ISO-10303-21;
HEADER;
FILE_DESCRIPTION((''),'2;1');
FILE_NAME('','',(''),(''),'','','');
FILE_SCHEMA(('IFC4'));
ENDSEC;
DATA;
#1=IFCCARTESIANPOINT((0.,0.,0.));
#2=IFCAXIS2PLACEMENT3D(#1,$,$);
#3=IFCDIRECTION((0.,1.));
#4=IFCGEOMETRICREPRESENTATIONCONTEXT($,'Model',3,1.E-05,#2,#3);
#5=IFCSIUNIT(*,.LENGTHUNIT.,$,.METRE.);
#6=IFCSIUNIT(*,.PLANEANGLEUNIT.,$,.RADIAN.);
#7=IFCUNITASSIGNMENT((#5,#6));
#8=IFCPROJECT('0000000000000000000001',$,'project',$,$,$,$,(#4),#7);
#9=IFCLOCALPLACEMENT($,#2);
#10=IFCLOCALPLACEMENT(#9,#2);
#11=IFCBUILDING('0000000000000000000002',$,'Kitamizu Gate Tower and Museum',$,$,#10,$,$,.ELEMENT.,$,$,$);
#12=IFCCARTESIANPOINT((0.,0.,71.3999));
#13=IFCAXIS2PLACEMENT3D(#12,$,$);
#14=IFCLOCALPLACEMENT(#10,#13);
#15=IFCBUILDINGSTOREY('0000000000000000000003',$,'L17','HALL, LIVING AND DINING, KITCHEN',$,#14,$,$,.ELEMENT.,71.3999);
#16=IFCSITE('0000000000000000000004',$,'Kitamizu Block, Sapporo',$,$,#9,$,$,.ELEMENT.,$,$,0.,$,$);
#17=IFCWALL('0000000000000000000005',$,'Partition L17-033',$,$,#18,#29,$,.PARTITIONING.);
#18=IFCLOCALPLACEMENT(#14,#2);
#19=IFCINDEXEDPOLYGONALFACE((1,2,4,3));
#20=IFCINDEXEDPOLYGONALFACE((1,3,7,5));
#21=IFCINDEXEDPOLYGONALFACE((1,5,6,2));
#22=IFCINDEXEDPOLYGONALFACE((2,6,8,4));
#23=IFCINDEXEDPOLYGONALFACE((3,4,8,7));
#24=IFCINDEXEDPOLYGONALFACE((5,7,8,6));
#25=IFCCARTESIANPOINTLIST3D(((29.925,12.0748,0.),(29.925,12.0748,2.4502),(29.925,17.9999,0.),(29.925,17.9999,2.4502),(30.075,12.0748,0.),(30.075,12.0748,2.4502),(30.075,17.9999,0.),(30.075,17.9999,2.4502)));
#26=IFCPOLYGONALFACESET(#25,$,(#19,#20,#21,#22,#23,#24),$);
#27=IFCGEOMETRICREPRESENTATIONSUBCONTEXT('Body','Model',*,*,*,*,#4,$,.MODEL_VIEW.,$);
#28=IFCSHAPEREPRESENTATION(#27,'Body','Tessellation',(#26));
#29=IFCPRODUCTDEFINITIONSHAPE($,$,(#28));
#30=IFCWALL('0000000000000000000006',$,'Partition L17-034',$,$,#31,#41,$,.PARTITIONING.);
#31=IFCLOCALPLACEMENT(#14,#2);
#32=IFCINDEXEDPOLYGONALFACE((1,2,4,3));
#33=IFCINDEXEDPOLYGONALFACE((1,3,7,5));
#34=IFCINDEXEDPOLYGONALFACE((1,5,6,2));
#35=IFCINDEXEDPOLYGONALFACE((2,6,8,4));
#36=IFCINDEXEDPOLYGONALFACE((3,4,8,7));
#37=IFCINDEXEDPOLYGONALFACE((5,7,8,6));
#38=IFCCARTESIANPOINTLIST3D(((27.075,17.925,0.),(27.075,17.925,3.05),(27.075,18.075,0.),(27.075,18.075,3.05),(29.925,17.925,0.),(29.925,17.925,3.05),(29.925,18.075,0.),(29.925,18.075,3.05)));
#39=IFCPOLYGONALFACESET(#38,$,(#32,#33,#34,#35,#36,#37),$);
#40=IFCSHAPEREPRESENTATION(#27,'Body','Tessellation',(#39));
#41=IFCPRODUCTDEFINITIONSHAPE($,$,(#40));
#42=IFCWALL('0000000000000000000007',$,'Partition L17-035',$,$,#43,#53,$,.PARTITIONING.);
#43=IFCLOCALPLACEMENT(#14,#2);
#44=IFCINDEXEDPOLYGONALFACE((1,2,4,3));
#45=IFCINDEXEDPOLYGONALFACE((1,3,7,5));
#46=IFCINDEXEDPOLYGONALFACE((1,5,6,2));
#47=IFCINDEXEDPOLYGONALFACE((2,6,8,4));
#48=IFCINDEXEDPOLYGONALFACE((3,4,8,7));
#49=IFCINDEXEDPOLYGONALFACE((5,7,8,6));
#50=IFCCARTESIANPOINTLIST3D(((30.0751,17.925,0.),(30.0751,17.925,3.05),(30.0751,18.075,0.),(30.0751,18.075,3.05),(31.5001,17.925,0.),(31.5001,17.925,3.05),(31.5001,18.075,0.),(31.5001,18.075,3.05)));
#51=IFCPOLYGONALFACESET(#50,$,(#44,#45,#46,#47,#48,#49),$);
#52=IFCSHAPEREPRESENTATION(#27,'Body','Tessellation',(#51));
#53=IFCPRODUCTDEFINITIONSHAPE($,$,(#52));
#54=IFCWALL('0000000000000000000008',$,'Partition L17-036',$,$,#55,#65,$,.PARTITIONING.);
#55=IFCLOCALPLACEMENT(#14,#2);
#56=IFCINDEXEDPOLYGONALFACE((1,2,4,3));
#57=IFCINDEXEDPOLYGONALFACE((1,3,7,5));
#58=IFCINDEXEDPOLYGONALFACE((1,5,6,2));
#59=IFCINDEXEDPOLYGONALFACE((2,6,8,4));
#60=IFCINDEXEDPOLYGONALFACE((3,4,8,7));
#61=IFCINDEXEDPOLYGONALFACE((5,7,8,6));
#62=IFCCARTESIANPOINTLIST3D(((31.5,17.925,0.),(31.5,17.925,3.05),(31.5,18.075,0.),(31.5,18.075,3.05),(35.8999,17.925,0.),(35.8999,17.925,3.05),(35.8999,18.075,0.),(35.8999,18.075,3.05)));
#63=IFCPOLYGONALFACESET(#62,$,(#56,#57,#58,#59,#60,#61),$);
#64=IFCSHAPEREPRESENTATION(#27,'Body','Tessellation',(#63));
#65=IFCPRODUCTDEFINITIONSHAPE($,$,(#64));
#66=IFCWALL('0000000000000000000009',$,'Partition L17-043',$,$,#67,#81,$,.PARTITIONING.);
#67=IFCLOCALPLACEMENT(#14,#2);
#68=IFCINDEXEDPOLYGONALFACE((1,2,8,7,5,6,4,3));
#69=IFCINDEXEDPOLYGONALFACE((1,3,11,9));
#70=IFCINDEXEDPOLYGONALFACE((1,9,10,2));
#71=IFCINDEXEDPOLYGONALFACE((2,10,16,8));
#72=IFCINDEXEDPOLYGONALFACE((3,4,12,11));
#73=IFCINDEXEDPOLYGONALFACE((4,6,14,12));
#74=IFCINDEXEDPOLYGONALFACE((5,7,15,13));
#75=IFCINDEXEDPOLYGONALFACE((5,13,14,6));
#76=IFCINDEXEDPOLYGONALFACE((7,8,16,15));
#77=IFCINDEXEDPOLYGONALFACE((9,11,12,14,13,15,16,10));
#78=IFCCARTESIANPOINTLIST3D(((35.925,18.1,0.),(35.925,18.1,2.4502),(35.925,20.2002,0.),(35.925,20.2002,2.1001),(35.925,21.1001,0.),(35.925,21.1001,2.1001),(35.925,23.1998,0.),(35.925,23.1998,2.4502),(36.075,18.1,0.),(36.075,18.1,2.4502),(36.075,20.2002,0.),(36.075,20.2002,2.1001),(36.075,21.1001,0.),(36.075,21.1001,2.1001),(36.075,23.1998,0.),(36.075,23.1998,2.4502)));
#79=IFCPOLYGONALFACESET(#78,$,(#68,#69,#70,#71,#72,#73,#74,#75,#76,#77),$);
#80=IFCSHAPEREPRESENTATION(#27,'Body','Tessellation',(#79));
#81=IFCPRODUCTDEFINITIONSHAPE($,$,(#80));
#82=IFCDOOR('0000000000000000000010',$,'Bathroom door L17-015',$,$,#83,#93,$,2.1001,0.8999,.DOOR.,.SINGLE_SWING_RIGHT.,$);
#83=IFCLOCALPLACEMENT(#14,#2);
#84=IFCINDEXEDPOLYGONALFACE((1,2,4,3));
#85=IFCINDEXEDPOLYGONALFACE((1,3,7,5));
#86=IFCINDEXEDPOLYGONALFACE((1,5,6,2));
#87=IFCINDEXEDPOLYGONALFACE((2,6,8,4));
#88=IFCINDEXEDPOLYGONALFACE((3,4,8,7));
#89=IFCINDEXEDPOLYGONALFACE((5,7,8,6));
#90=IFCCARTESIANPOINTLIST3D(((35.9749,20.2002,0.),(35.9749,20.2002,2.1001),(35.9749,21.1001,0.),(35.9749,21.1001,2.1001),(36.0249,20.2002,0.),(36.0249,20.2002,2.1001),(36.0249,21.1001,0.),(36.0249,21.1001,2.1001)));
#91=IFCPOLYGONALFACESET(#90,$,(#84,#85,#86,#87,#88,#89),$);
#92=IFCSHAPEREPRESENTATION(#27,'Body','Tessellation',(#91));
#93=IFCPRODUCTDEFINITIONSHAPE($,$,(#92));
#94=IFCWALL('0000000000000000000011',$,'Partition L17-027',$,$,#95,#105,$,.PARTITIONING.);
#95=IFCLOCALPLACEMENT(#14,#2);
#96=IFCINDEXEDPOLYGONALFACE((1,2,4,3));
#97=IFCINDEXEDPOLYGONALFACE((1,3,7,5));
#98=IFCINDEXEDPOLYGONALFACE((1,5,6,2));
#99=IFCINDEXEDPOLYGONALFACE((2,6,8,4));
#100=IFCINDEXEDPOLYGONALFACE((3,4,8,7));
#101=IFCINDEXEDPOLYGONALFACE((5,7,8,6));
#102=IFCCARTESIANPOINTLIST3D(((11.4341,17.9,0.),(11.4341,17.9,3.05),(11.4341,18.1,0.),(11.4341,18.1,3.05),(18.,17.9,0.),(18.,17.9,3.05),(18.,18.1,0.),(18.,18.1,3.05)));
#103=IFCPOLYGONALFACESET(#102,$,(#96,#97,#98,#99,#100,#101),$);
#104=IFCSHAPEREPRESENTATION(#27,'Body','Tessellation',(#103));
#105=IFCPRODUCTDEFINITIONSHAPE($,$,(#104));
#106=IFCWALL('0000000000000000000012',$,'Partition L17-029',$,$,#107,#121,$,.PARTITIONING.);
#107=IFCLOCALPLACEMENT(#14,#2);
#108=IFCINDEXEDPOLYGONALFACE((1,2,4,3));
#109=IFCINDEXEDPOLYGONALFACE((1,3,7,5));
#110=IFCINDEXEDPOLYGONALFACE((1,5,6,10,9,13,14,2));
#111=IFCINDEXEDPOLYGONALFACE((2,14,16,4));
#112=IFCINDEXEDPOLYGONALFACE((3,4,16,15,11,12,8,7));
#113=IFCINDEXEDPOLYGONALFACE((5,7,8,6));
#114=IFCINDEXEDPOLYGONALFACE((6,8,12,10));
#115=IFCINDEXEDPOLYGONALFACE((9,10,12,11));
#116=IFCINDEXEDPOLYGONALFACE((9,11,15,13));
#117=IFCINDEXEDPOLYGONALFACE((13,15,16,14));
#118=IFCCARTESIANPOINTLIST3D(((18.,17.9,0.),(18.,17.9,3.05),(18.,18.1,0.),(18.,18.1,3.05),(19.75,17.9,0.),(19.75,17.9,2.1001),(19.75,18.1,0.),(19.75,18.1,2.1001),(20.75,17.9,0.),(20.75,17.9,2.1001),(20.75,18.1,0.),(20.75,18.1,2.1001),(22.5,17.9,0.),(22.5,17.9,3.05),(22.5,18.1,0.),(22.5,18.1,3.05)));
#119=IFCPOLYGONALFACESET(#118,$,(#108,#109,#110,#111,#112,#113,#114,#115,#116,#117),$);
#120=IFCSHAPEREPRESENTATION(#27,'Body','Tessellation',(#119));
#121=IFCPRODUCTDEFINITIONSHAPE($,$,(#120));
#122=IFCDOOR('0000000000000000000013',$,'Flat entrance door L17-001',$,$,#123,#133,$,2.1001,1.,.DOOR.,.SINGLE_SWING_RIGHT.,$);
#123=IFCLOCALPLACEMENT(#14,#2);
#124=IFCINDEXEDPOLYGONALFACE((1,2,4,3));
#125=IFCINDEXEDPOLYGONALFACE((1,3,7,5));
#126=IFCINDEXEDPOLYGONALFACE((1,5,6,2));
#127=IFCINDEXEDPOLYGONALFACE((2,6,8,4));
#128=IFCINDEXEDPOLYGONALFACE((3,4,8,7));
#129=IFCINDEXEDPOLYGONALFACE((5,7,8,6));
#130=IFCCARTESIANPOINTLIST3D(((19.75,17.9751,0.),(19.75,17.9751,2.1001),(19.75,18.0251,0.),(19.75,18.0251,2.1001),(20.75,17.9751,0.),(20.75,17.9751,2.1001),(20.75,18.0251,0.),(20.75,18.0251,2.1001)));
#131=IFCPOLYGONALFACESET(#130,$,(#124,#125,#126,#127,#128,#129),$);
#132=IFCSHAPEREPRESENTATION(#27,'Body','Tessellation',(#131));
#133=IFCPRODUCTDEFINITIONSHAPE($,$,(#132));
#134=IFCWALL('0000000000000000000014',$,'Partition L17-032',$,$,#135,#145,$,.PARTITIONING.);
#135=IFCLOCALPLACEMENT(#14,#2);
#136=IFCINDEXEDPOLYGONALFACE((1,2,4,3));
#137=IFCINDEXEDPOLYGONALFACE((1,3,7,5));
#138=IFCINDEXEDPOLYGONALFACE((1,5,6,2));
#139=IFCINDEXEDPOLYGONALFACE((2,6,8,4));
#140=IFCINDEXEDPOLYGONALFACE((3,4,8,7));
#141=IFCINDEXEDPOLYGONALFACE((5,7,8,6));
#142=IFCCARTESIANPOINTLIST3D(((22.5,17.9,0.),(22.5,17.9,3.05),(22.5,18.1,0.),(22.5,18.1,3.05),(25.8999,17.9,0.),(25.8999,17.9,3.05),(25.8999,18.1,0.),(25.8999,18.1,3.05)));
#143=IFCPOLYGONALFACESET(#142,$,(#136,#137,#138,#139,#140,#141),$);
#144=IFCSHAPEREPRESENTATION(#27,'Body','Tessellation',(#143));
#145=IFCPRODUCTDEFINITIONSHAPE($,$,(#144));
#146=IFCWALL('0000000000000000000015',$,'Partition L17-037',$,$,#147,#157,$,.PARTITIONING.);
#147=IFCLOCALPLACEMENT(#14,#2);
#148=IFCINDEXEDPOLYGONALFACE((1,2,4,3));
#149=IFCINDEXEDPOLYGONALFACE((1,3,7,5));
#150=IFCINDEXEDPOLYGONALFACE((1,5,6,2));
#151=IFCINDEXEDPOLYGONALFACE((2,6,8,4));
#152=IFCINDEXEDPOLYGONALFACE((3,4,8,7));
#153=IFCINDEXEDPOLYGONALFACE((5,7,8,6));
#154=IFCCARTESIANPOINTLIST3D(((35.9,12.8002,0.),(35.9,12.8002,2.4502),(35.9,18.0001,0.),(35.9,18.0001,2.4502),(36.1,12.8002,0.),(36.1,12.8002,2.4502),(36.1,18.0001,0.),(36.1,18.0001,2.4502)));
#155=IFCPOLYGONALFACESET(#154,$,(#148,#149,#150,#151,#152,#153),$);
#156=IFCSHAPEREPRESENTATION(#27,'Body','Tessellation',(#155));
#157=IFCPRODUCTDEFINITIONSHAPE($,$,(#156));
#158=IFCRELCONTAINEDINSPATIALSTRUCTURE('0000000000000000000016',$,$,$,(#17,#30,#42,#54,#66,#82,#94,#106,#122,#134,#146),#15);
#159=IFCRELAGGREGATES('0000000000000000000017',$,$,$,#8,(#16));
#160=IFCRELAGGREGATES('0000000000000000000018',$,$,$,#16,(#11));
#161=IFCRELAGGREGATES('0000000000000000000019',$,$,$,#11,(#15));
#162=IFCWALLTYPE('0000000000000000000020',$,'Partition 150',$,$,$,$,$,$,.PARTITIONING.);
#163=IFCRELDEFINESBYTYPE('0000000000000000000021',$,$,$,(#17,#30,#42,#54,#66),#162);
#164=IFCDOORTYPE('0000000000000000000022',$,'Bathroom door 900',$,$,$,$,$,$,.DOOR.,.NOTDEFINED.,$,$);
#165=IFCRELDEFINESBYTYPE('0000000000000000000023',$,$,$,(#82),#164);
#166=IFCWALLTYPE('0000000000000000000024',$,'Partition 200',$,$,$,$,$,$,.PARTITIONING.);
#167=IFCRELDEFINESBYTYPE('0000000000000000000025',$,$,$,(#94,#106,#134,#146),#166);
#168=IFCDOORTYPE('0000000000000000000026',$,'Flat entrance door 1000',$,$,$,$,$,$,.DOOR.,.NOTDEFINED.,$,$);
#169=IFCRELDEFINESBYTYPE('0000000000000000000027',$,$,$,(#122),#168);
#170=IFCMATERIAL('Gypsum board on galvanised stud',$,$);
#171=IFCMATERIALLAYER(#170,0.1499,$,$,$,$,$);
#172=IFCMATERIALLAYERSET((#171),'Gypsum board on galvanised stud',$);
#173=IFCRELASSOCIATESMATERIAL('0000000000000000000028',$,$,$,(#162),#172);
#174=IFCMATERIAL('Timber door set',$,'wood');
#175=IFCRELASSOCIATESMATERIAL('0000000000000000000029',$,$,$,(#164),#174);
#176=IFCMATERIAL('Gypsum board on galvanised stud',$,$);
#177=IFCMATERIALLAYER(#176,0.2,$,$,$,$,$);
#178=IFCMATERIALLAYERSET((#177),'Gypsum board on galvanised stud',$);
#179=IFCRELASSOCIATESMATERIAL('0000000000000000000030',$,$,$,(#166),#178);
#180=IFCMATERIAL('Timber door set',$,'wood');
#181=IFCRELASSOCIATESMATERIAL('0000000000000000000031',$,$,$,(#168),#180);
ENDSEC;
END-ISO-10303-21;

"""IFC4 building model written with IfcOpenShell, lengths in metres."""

from ifc_helpers import new_model, si_unit, direction, frame, frame_2d, origin, place, context, subcontext, project, spatial, rectangle, extrude, material, layer, layer_set, type_object, element, fill, save


model = new_model("IFC4")

# Units and contexts
model_context = context("Model", 3, precision=1e-05, world=origin(), true_north=direction((0.0, 1.0)))
body_context = subcontext(model_context, "Body", "Model", "MODEL_VIEW")
ifc_project = project(units=[si_unit("LENGTHUNIT", "METRE"), si_unit("PLANEANGLEUNIT", "RADIAN")], contexts=[model_context])

# Site, building, storey
site_placement = place(None, origin())
site = spatial("IfcSite", under=ifc_project, at=site_placement, Name="Kitamizu Block, Sapporo", CompositionType="ELEMENT", RefElevation=0.0)
building_placement = place(site_placement, origin())
building = spatial("IfcBuilding", under=site, at=building_placement, Name="Kitamizu Gate Tower and Museum", CompositionType="ELEMENT")
storey_placement = place(building_placement, frame((0.0, 0.0, 71.3999)))
storey = spatial("IfcBuildingStorey", under=building, at=storey_placement, Name="L17", Description="HALL, LIVING AND DINING, KITCHEN", CompositionType="ELEMENT", Elevation=71.3999)

# Shared definitions
ifc_material_1 = material(Name="Gypsum board on galvanised stud")
ifc_layer_1 = layer(ifc_material_1, 0.1499)
ifc_layer_set_1 = layer_set([ifc_layer_1], Name="Gypsum board on galvanised stud")
wall_type_1 = type_object("IfcWallType", Name="Partition 150", PredefinedType="PARTITIONING", material=ifc_layer_set_1)
ifc_material_2 = material(Name="Timber door set", Category="wood")
door_type_1 = type_object("IfcDoorType", Name="Bathroom door 900", OperationType="NOTDEFINED", PredefinedType="DOOR", material=ifc_material_2)

# Walls
wall_1_placement = place(storey_placement, frame((30.0, 12.075, 0.0), z_axis=(0.0, 0.0, 1.0), x_axis=(0.0, 1.0, 0.0)))
element("IfcWall", 1, at=wall_1_placement, inside=storey, type_object=wall_type_1, Name="Partition L17-033", PredefinedType="PARTITIONING", context=body_context, shape_type="SweptSolid", body=[
    extrude(rectangle(XDim=5.925, YDim=0.1499, at=frame_2d((2.9624, 0.0))), origin(), (0.0, 0.0, 1.0), 2.4502),
])
wall_2_placement = place(storey_placement, frame((29.925, 18.0, 0.0), z_axis=(0.0, 0.0, 1.0), x_axis=(-1.0, 0.0, 0.0)))
element("IfcWall", 2, at=wall_2_placement, inside=storey, type_object=wall_type_1, Name="Partition L17-034", PredefinedType="PARTITIONING", context=body_context, shape_type="SweptSolid", body=[
    extrude(rectangle(XDim=2.8501, YDim=0.1499, at=frame_2d((1.425, 0.0))), origin(), (0.0, 0.0, 1.0), 3.05),
])
wall_3_placement = place(storey_placement, frame((31.5, 18.0, 0.0), z_axis=(0.0, 0.0, 1.0), x_axis=(-1.0, 0.0, 0.0)))
element("IfcWall", 3, at=wall_3_placement, inside=storey, type_object=wall_type_1, Name="Partition L17-035", PredefinedType="PARTITIONING", context=body_context, shape_type="SweptSolid", body=[
    extrude(rectangle(XDim=1.425, YDim=0.1499, at=frame_2d((0.7124, 0.0))), origin(), (0.0, 0.0, 1.0), 3.05),
])
wall_4_placement = place(storey_placement, frame((35.8999, 18.0, 0.0), z_axis=(0.0, 0.0, 1.0), x_axis=(-1.0, 0.0, 0.0)))
element("IfcWall", 4, at=wall_4_placement, inside=storey, type_object=wall_type_1, Name="Partition L17-036", PredefinedType="PARTITIONING", context=body_context, shape_type="SweptSolid", body=[
    extrude(rectangle(XDim=4.3999, YDim=0.1499, at=frame_2d((2.2, 0.0))), origin(), (0.0, 0.0, 1.0), 3.05),
])

# Wall, opening, door
wall_5_placement = place(storey_placement, frame((36.0, 18.1001, 0.0), z_axis=(0.0, 0.0, 1.0), x_axis=(0.0, 1.0, 0.0)))
wall_5 = element("IfcWall", 5, at=wall_5_placement, inside=storey, type_object=wall_type_1, Name="Partition L17-043", PredefinedType="PARTITIONING", context=body_context, shape_type="SweptSolid", body=[
    extrude(rectangle(XDim=5.0999, YDim=0.1499, at=frame_2d((2.5498, 0.0))), origin(), (0.0, 0.0, 1.0), 2.4502),
])
opening_1_placement = place(wall_5_placement, frame((2.1001, 0.0, 0.0)))
opening_1 = element("IfcOpeningElement", 6, at=opening_1_placement, cuts=wall_5, PredefinedType="OPENING", context=body_context, shape_type="SweptSolid", body=[
    extrude(rectangle(XDim=0.8999, YDim=2.1001, at=frame_2d((0.45, 1.05))), frame((0.0, 0.085, 0.0), z_axis=(0.0, -1.0, 0.0), x_axis=(1.0, 0.0, 0.0)), (0.0, 0.0, 1.0), 0.1699),
])
door_1_placement = place(opening_1_placement, frame((0.8999, 0.0, 0.0), x_axis=(-1.0, 0.0, 0.0)))
door_1 = element("IfcDoor", 7, at=door_1_placement, inside=storey, type_object=door_type_1, Name="Bathroom door L17-015", OperationType="SINGLE_SWING_RIGHT", OverallHeight=2.1001, OverallWidth=0.8999, PredefinedType="DOOR", context=body_context, shape_type="SweptSolid", body=[
    extrude(rectangle(XDim=0.8999, YDim=2.1001, at=frame_2d((0.45, 1.05))), frame((0.0, 0.0249, 0.0), z_axis=(0.0, -1.0, 0.0), x_axis=(1.0, 0.0, 0.0)), (0.0, 0.0, 1.0), 0.05),
])
fill(opening_1, door_1)

# Wall
ifc_material_3 = material(Name="Gypsum board on galvanised stud")
ifc_layer_2 = layer(ifc_material_3, 0.2)
ifc_layer_set_2 = layer_set([ifc_layer_2], Name="Gypsum board on galvanised stud")
wall_type_2 = type_object("IfcWallType", Name="Partition 200", PredefinedType="PARTITIONING", material=ifc_layer_set_2)
wall_6_placement = place(storey_placement, frame((18.0, 18.0, 0.0), z_axis=(0.0, 0.0, 1.0), x_axis=(-1.0, 0.0, 0.0)))
element("IfcWall", 8, at=wall_6_placement, inside=storey, type_object=wall_type_2, Name="Partition L17-027", PredefinedType="PARTITIONING", context=body_context, shape_type="SweptSolid", body=[
    extrude(rectangle(XDim=6.5659, YDim=0.2, at=frame_2d((3.283, 0.0))), origin(), (0.0, 0.0, 1.0), 3.05),
])

# Wall, opening, door
wall_7_placement = place(storey_placement, frame((22.5, 18.0, 0.0), z_axis=(0.0, 0.0, 1.0), x_axis=(-1.0, 0.0, 0.0)))
wall_7 = element("IfcWall", 9, at=wall_7_placement, inside=storey, type_object=wall_type_2, Name="Partition L17-029", PredefinedType="PARTITIONING", context=body_context, shape_type="SweptSolid", body=[
    extrude(rectangle(XDim=4.5, YDim=0.2, at=frame_2d((2.25, 0.0))), origin(), (0.0, 0.0, 1.0), 3.05),
])
opening_2_placement = place(wall_7_placement, frame((1.75, 0.0, 0.0)))
opening_2 = element("IfcOpeningElement", 10, at=opening_2_placement, cuts=wall_7, PredefinedType="OPENING", context=body_context, shape_type="SweptSolid", body=[
    extrude(rectangle(XDim=1.0, YDim=2.1001, at=frame_2d((0.5, 1.05))), frame((0.0, 0.1099, 0.0), z_axis=(0.0, -1.0, 0.0), x_axis=(1.0, 0.0, 0.0)), (0.0, 0.0, 1.0), 0.22),
])
ifc_material_4 = material(Name="Timber door set", Category="wood")
door_type_2 = type_object("IfcDoorType", Name="Flat entrance door 1000", OperationType="NOTDEFINED", PredefinedType="DOOR", material=ifc_material_4)
door_2_placement = place(opening_2_placement, origin())
door_2 = element("IfcDoor", 11, at=door_2_placement, inside=storey, type_object=door_type_2, Name="Flat entrance door L17-001", OperationType="SINGLE_SWING_RIGHT", OverallHeight=2.1001, OverallWidth=1.0, PredefinedType="DOOR", context=body_context, shape_type="SweptSolid", body=[
    extrude(rectangle(XDim=1.0, YDim=2.1001, at=frame_2d((0.5, 1.05))), frame((0.0, 0.0249, 0.0), z_axis=(0.0, -1.0, 0.0), x_axis=(1.0, 0.0, 0.0)), (0.0, 0.0, 1.0), 0.05),
])
fill(opening_2, door_2)

# Walls
wall_8_placement = place(storey_placement, frame((25.8999, 18.0, 0.0), z_axis=(0.0, 0.0, 1.0), x_axis=(-1.0, 0.0, 0.0)))
element("IfcWall", 12, at=wall_8_placement, inside=storey, type_object=wall_type_2, Name="Partition L17-032", PredefinedType="PARTITIONING", context=body_context, shape_type="SweptSolid", body=[
    extrude(rectangle(XDim=3.3999, YDim=0.2, at=frame_2d((1.7, 0.0))), origin(), (0.0, 0.0, 1.0), 3.05),
])
wall_9_placement = place(storey_placement, frame((36.0, 12.8, 0.0), z_axis=(0.0, 0.0, 1.0), x_axis=(0.0, 1.0, 0.0)))
element("IfcWall", 13, at=wall_9_placement, inside=storey, type_object=wall_type_2, Name="Partition L17-037", PredefinedType="PARTITIONING", context=body_context, shape_type="SweptSolid", body=[
    extrude(rectangle(XDim=5.2, YDim=0.2, at=frame_2d((2.6001, 0.0))), origin(), (0.0, 0.0, 1.0), 2.4502),
])

save(model, "model.ifc")
